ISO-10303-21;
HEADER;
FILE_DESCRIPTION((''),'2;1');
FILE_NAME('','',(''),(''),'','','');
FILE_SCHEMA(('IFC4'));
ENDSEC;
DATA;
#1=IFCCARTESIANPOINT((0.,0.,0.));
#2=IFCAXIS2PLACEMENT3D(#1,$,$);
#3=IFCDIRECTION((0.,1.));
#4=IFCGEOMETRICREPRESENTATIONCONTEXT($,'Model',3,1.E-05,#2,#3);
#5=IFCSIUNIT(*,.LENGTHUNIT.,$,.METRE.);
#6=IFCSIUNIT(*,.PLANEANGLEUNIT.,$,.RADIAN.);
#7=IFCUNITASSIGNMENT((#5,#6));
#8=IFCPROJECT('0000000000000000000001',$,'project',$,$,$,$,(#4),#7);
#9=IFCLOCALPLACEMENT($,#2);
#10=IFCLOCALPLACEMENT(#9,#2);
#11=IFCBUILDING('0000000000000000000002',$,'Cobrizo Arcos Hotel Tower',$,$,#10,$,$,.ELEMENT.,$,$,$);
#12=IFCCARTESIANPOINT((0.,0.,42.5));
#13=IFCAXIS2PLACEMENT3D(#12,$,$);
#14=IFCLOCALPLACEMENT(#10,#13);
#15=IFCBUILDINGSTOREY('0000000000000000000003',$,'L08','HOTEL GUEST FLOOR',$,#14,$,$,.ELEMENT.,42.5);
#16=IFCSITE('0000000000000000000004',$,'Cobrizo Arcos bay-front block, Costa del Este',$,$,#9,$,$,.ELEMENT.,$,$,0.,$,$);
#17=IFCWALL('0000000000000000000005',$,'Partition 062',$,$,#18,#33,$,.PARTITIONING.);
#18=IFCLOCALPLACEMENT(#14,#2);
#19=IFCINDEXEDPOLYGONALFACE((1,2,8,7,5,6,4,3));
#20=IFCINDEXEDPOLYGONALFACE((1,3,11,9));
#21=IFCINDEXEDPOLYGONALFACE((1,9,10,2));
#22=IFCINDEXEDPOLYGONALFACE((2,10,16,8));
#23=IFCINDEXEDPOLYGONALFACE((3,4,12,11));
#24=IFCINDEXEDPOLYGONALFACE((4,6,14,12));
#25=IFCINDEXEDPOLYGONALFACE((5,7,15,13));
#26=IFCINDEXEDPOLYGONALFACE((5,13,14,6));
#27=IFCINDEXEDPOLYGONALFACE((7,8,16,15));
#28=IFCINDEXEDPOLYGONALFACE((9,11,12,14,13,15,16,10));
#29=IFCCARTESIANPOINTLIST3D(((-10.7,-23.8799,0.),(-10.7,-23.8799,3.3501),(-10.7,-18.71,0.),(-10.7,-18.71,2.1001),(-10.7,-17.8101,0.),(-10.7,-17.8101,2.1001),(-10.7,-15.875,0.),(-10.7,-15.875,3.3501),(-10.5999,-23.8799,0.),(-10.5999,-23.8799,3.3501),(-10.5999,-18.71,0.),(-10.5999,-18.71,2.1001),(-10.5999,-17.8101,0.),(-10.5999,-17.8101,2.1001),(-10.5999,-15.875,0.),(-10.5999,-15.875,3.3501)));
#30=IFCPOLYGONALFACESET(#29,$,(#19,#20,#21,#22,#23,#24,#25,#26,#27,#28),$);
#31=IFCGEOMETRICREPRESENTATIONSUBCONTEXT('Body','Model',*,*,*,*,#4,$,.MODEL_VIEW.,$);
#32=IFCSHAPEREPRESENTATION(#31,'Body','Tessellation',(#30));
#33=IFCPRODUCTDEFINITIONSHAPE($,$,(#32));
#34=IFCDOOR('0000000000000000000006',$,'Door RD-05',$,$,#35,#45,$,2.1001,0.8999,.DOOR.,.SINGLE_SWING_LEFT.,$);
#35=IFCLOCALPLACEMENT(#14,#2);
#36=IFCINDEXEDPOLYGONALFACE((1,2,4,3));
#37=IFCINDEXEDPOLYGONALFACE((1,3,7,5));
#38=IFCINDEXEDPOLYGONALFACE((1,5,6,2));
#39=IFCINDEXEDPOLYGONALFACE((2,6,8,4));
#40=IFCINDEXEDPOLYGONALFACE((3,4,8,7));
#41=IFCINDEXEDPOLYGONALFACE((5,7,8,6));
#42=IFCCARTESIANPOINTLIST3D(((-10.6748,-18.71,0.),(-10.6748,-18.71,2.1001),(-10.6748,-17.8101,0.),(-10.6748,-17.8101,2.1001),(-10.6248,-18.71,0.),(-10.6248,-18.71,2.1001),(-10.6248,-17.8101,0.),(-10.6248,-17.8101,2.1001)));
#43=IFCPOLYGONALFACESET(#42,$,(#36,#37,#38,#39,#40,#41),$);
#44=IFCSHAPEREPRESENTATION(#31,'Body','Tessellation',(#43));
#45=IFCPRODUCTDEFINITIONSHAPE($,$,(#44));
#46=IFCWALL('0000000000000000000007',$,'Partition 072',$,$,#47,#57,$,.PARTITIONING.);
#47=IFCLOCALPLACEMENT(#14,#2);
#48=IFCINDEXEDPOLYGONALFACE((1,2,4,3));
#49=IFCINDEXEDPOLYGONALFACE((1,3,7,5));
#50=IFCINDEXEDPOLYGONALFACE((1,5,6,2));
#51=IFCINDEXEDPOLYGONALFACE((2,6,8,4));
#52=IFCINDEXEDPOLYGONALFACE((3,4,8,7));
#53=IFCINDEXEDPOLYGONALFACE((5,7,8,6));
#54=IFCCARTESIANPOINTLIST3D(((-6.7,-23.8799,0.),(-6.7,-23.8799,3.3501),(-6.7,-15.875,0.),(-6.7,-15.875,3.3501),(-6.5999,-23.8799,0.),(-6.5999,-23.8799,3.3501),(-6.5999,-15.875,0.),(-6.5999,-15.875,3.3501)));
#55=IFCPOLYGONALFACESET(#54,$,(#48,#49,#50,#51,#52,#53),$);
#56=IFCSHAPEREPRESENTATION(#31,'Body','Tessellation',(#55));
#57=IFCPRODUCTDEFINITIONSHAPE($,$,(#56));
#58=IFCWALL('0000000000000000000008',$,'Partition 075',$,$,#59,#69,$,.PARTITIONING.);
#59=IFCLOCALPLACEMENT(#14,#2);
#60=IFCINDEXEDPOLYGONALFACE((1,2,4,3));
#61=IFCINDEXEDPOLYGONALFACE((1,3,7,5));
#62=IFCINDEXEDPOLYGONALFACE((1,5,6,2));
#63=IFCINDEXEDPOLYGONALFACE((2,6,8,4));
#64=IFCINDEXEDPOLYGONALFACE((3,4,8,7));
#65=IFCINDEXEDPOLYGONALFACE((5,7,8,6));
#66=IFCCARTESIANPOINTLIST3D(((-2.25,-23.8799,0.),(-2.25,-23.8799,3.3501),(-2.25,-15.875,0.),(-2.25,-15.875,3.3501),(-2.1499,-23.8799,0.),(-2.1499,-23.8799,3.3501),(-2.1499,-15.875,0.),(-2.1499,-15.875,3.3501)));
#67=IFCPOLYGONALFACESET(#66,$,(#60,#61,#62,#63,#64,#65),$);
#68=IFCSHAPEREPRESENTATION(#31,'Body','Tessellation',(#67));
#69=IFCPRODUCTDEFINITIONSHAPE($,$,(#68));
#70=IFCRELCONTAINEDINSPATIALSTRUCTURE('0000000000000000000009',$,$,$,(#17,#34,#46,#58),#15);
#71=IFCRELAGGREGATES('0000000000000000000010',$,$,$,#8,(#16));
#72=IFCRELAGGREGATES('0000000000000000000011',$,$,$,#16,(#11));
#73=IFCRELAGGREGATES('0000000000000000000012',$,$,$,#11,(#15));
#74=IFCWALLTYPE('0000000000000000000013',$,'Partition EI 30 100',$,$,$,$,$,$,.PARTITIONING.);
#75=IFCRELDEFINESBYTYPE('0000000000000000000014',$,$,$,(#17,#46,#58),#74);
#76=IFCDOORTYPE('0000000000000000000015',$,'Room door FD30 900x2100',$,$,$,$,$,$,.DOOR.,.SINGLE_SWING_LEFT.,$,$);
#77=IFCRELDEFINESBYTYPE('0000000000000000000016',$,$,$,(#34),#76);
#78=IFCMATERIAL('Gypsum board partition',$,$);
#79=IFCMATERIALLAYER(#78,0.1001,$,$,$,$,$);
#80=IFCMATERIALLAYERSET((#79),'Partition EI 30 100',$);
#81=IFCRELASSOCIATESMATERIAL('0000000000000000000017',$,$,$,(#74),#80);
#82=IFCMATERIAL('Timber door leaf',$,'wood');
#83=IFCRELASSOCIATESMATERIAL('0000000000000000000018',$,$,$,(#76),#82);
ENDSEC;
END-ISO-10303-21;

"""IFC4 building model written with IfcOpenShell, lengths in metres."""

from ifc_helpers import new_model, si_unit, direction, frame, frame_2d, origin, place, context, subcontext, project, spatial, rectangle, extrude, material, layer, layer_set, type_object, element, fill, save


model = new_model("IFC4")

# Units and contexts
model_context = context("Model", 3, precision=1e-05, world=origin(), true_north=direction((0.0, 1.0)))
body_context = subcontext(model_context, "Body", "Model", "MODEL_VIEW")
ifc_project = project(units=[si_unit("LENGTHUNIT", "METRE"), si_unit("PLANEANGLEUNIT", "RADIAN")], contexts=[model_context])

# Site, building, storey
site_placement = place(None, origin())
site = spatial("IfcSite", under=ifc_project, at=site_placement, Name="Cobrizo Arcos bay-front block, Costa del Este", CompositionType="ELEMENT", RefElevation=0.0)
building_placement = place(site_placement, origin())
building = spatial("IfcBuilding", under=site, at=building_placement, Name="Cobrizo Arcos Hotel Tower", CompositionType="ELEMENT")
storey_placement = place(building_placement, frame((0.0, 0.0, 42.5)))
storey = spatial("IfcBuildingStorey", under=building, at=storey_placement, Name="L08", Description="HOTEL GUEST FLOOR", CompositionType="ELEMENT", Elevation=42.5)

# Shared definitions
ifc_material_1 = material(Name="Gypsum board partition")
ifc_layer_1 = layer(ifc_material_1, 0.1001)
ifc_layer_set_1 = layer_set([ifc_layer_1], Name="Partition EI 30 100")
wall_type = type_object("IfcWallType", Name="Partition EI 30 100", PredefinedType="PARTITIONING", material=ifc_layer_set_1)

# Wall, opening, door
wall_1_placement = place(storey_placement, frame((-10.6499, -23.8799, 0.0), z_axis=(0.0, 0.0, 1.0), x_axis=(0.0, 1.0, 0.0)))
wall_1 = element("IfcWall", 1, at=wall_1_placement, inside=storey, type_object=wall_type, Name="Partition 062", PredefinedType="PARTITIONING", context=body_context, shape_type="SweptSolid", body=[
    extrude(rectangle(XDim=8.0049, YDim=0.1001, at=frame_2d((4.0024, 0.0))), origin(), (0.0, 0.0, 1.0), 3.3501),
])
opening_placement = place(wall_1_placement, frame((5.1699, 0.0, 0.0)))
opening = element("IfcOpeningElement", 2, at=opening_placement, cuts=wall_1, PredefinedType="OPENING", context=body_context, shape_type="SweptSolid", body=[
    extrude(rectangle(XDim=0.8999, YDim=2.1001, at=frame_2d((0.45, 1.05))), frame((0.0, 0.062, 0.0), z_axis=(0.0, -1.0, 0.0), x_axis=(1.0, 0.0, 0.0)), (0.0, 0.0, 1.0), 0.124),
])
ifc_material_2 = material(Name="Timber door leaf", Category="wood")
door_type = type_object("IfcDoorType", Name="Room door FD30 900x2100", OperationType="SINGLE_SWING_LEFT", PredefinedType="DOOR", material=ifc_material_2)
door_placement = place(opening_placement, origin())
door = element("IfcDoor", 3, at=door_placement, inside=storey, type_object=door_type, Name="Door RD-05", OperationType="SINGLE_SWING_LEFT", OverallHeight=2.1001, OverallWidth=0.8999, PredefinedType="DOOR", context=body_context, shape_type="SweptSolid", body=[
    extrude(rectangle(XDim=0.8999, YDim=2.1001, at=frame_2d((0.45, 1.05))), frame((0.0, 0.0249, 0.0), z_axis=(0.0, -1.0, 0.0), x_axis=(1.0, 0.0, 0.0)), (0.0, 0.0, 1.0), 0.05),
])
fill(opening, door)

# Walls
for number, where, z_axis, x_axis, name in (
    (4, (-6.6499, -23.8799, 0.0), (0.0, 0.0, 1.0), (0.0, 1.0, 0.0), "Partition 072"),
    (5, (-2.2, -23.8799, 0.0), (0.0, 0.0, 1.0), (0.0, 1.0, 0.0), "Partition 075"),
):
    element("IfcWall", number, at=place(storey_placement, frame(where, z_axis=z_axis, x_axis=x_axis)), inside=storey, type_object=wall_type, Name=name, PredefinedType="PARTITIONING", context=body_context, shape_type="SweptSolid", body=[
        extrude(rectangle(XDim=8.0049, YDim=0.1001, at=frame_2d((4.0024, 0.0))), origin(), (0.0, 0.0, 1.0), 3.3501),
    ])

save(model, "model.ifc")
